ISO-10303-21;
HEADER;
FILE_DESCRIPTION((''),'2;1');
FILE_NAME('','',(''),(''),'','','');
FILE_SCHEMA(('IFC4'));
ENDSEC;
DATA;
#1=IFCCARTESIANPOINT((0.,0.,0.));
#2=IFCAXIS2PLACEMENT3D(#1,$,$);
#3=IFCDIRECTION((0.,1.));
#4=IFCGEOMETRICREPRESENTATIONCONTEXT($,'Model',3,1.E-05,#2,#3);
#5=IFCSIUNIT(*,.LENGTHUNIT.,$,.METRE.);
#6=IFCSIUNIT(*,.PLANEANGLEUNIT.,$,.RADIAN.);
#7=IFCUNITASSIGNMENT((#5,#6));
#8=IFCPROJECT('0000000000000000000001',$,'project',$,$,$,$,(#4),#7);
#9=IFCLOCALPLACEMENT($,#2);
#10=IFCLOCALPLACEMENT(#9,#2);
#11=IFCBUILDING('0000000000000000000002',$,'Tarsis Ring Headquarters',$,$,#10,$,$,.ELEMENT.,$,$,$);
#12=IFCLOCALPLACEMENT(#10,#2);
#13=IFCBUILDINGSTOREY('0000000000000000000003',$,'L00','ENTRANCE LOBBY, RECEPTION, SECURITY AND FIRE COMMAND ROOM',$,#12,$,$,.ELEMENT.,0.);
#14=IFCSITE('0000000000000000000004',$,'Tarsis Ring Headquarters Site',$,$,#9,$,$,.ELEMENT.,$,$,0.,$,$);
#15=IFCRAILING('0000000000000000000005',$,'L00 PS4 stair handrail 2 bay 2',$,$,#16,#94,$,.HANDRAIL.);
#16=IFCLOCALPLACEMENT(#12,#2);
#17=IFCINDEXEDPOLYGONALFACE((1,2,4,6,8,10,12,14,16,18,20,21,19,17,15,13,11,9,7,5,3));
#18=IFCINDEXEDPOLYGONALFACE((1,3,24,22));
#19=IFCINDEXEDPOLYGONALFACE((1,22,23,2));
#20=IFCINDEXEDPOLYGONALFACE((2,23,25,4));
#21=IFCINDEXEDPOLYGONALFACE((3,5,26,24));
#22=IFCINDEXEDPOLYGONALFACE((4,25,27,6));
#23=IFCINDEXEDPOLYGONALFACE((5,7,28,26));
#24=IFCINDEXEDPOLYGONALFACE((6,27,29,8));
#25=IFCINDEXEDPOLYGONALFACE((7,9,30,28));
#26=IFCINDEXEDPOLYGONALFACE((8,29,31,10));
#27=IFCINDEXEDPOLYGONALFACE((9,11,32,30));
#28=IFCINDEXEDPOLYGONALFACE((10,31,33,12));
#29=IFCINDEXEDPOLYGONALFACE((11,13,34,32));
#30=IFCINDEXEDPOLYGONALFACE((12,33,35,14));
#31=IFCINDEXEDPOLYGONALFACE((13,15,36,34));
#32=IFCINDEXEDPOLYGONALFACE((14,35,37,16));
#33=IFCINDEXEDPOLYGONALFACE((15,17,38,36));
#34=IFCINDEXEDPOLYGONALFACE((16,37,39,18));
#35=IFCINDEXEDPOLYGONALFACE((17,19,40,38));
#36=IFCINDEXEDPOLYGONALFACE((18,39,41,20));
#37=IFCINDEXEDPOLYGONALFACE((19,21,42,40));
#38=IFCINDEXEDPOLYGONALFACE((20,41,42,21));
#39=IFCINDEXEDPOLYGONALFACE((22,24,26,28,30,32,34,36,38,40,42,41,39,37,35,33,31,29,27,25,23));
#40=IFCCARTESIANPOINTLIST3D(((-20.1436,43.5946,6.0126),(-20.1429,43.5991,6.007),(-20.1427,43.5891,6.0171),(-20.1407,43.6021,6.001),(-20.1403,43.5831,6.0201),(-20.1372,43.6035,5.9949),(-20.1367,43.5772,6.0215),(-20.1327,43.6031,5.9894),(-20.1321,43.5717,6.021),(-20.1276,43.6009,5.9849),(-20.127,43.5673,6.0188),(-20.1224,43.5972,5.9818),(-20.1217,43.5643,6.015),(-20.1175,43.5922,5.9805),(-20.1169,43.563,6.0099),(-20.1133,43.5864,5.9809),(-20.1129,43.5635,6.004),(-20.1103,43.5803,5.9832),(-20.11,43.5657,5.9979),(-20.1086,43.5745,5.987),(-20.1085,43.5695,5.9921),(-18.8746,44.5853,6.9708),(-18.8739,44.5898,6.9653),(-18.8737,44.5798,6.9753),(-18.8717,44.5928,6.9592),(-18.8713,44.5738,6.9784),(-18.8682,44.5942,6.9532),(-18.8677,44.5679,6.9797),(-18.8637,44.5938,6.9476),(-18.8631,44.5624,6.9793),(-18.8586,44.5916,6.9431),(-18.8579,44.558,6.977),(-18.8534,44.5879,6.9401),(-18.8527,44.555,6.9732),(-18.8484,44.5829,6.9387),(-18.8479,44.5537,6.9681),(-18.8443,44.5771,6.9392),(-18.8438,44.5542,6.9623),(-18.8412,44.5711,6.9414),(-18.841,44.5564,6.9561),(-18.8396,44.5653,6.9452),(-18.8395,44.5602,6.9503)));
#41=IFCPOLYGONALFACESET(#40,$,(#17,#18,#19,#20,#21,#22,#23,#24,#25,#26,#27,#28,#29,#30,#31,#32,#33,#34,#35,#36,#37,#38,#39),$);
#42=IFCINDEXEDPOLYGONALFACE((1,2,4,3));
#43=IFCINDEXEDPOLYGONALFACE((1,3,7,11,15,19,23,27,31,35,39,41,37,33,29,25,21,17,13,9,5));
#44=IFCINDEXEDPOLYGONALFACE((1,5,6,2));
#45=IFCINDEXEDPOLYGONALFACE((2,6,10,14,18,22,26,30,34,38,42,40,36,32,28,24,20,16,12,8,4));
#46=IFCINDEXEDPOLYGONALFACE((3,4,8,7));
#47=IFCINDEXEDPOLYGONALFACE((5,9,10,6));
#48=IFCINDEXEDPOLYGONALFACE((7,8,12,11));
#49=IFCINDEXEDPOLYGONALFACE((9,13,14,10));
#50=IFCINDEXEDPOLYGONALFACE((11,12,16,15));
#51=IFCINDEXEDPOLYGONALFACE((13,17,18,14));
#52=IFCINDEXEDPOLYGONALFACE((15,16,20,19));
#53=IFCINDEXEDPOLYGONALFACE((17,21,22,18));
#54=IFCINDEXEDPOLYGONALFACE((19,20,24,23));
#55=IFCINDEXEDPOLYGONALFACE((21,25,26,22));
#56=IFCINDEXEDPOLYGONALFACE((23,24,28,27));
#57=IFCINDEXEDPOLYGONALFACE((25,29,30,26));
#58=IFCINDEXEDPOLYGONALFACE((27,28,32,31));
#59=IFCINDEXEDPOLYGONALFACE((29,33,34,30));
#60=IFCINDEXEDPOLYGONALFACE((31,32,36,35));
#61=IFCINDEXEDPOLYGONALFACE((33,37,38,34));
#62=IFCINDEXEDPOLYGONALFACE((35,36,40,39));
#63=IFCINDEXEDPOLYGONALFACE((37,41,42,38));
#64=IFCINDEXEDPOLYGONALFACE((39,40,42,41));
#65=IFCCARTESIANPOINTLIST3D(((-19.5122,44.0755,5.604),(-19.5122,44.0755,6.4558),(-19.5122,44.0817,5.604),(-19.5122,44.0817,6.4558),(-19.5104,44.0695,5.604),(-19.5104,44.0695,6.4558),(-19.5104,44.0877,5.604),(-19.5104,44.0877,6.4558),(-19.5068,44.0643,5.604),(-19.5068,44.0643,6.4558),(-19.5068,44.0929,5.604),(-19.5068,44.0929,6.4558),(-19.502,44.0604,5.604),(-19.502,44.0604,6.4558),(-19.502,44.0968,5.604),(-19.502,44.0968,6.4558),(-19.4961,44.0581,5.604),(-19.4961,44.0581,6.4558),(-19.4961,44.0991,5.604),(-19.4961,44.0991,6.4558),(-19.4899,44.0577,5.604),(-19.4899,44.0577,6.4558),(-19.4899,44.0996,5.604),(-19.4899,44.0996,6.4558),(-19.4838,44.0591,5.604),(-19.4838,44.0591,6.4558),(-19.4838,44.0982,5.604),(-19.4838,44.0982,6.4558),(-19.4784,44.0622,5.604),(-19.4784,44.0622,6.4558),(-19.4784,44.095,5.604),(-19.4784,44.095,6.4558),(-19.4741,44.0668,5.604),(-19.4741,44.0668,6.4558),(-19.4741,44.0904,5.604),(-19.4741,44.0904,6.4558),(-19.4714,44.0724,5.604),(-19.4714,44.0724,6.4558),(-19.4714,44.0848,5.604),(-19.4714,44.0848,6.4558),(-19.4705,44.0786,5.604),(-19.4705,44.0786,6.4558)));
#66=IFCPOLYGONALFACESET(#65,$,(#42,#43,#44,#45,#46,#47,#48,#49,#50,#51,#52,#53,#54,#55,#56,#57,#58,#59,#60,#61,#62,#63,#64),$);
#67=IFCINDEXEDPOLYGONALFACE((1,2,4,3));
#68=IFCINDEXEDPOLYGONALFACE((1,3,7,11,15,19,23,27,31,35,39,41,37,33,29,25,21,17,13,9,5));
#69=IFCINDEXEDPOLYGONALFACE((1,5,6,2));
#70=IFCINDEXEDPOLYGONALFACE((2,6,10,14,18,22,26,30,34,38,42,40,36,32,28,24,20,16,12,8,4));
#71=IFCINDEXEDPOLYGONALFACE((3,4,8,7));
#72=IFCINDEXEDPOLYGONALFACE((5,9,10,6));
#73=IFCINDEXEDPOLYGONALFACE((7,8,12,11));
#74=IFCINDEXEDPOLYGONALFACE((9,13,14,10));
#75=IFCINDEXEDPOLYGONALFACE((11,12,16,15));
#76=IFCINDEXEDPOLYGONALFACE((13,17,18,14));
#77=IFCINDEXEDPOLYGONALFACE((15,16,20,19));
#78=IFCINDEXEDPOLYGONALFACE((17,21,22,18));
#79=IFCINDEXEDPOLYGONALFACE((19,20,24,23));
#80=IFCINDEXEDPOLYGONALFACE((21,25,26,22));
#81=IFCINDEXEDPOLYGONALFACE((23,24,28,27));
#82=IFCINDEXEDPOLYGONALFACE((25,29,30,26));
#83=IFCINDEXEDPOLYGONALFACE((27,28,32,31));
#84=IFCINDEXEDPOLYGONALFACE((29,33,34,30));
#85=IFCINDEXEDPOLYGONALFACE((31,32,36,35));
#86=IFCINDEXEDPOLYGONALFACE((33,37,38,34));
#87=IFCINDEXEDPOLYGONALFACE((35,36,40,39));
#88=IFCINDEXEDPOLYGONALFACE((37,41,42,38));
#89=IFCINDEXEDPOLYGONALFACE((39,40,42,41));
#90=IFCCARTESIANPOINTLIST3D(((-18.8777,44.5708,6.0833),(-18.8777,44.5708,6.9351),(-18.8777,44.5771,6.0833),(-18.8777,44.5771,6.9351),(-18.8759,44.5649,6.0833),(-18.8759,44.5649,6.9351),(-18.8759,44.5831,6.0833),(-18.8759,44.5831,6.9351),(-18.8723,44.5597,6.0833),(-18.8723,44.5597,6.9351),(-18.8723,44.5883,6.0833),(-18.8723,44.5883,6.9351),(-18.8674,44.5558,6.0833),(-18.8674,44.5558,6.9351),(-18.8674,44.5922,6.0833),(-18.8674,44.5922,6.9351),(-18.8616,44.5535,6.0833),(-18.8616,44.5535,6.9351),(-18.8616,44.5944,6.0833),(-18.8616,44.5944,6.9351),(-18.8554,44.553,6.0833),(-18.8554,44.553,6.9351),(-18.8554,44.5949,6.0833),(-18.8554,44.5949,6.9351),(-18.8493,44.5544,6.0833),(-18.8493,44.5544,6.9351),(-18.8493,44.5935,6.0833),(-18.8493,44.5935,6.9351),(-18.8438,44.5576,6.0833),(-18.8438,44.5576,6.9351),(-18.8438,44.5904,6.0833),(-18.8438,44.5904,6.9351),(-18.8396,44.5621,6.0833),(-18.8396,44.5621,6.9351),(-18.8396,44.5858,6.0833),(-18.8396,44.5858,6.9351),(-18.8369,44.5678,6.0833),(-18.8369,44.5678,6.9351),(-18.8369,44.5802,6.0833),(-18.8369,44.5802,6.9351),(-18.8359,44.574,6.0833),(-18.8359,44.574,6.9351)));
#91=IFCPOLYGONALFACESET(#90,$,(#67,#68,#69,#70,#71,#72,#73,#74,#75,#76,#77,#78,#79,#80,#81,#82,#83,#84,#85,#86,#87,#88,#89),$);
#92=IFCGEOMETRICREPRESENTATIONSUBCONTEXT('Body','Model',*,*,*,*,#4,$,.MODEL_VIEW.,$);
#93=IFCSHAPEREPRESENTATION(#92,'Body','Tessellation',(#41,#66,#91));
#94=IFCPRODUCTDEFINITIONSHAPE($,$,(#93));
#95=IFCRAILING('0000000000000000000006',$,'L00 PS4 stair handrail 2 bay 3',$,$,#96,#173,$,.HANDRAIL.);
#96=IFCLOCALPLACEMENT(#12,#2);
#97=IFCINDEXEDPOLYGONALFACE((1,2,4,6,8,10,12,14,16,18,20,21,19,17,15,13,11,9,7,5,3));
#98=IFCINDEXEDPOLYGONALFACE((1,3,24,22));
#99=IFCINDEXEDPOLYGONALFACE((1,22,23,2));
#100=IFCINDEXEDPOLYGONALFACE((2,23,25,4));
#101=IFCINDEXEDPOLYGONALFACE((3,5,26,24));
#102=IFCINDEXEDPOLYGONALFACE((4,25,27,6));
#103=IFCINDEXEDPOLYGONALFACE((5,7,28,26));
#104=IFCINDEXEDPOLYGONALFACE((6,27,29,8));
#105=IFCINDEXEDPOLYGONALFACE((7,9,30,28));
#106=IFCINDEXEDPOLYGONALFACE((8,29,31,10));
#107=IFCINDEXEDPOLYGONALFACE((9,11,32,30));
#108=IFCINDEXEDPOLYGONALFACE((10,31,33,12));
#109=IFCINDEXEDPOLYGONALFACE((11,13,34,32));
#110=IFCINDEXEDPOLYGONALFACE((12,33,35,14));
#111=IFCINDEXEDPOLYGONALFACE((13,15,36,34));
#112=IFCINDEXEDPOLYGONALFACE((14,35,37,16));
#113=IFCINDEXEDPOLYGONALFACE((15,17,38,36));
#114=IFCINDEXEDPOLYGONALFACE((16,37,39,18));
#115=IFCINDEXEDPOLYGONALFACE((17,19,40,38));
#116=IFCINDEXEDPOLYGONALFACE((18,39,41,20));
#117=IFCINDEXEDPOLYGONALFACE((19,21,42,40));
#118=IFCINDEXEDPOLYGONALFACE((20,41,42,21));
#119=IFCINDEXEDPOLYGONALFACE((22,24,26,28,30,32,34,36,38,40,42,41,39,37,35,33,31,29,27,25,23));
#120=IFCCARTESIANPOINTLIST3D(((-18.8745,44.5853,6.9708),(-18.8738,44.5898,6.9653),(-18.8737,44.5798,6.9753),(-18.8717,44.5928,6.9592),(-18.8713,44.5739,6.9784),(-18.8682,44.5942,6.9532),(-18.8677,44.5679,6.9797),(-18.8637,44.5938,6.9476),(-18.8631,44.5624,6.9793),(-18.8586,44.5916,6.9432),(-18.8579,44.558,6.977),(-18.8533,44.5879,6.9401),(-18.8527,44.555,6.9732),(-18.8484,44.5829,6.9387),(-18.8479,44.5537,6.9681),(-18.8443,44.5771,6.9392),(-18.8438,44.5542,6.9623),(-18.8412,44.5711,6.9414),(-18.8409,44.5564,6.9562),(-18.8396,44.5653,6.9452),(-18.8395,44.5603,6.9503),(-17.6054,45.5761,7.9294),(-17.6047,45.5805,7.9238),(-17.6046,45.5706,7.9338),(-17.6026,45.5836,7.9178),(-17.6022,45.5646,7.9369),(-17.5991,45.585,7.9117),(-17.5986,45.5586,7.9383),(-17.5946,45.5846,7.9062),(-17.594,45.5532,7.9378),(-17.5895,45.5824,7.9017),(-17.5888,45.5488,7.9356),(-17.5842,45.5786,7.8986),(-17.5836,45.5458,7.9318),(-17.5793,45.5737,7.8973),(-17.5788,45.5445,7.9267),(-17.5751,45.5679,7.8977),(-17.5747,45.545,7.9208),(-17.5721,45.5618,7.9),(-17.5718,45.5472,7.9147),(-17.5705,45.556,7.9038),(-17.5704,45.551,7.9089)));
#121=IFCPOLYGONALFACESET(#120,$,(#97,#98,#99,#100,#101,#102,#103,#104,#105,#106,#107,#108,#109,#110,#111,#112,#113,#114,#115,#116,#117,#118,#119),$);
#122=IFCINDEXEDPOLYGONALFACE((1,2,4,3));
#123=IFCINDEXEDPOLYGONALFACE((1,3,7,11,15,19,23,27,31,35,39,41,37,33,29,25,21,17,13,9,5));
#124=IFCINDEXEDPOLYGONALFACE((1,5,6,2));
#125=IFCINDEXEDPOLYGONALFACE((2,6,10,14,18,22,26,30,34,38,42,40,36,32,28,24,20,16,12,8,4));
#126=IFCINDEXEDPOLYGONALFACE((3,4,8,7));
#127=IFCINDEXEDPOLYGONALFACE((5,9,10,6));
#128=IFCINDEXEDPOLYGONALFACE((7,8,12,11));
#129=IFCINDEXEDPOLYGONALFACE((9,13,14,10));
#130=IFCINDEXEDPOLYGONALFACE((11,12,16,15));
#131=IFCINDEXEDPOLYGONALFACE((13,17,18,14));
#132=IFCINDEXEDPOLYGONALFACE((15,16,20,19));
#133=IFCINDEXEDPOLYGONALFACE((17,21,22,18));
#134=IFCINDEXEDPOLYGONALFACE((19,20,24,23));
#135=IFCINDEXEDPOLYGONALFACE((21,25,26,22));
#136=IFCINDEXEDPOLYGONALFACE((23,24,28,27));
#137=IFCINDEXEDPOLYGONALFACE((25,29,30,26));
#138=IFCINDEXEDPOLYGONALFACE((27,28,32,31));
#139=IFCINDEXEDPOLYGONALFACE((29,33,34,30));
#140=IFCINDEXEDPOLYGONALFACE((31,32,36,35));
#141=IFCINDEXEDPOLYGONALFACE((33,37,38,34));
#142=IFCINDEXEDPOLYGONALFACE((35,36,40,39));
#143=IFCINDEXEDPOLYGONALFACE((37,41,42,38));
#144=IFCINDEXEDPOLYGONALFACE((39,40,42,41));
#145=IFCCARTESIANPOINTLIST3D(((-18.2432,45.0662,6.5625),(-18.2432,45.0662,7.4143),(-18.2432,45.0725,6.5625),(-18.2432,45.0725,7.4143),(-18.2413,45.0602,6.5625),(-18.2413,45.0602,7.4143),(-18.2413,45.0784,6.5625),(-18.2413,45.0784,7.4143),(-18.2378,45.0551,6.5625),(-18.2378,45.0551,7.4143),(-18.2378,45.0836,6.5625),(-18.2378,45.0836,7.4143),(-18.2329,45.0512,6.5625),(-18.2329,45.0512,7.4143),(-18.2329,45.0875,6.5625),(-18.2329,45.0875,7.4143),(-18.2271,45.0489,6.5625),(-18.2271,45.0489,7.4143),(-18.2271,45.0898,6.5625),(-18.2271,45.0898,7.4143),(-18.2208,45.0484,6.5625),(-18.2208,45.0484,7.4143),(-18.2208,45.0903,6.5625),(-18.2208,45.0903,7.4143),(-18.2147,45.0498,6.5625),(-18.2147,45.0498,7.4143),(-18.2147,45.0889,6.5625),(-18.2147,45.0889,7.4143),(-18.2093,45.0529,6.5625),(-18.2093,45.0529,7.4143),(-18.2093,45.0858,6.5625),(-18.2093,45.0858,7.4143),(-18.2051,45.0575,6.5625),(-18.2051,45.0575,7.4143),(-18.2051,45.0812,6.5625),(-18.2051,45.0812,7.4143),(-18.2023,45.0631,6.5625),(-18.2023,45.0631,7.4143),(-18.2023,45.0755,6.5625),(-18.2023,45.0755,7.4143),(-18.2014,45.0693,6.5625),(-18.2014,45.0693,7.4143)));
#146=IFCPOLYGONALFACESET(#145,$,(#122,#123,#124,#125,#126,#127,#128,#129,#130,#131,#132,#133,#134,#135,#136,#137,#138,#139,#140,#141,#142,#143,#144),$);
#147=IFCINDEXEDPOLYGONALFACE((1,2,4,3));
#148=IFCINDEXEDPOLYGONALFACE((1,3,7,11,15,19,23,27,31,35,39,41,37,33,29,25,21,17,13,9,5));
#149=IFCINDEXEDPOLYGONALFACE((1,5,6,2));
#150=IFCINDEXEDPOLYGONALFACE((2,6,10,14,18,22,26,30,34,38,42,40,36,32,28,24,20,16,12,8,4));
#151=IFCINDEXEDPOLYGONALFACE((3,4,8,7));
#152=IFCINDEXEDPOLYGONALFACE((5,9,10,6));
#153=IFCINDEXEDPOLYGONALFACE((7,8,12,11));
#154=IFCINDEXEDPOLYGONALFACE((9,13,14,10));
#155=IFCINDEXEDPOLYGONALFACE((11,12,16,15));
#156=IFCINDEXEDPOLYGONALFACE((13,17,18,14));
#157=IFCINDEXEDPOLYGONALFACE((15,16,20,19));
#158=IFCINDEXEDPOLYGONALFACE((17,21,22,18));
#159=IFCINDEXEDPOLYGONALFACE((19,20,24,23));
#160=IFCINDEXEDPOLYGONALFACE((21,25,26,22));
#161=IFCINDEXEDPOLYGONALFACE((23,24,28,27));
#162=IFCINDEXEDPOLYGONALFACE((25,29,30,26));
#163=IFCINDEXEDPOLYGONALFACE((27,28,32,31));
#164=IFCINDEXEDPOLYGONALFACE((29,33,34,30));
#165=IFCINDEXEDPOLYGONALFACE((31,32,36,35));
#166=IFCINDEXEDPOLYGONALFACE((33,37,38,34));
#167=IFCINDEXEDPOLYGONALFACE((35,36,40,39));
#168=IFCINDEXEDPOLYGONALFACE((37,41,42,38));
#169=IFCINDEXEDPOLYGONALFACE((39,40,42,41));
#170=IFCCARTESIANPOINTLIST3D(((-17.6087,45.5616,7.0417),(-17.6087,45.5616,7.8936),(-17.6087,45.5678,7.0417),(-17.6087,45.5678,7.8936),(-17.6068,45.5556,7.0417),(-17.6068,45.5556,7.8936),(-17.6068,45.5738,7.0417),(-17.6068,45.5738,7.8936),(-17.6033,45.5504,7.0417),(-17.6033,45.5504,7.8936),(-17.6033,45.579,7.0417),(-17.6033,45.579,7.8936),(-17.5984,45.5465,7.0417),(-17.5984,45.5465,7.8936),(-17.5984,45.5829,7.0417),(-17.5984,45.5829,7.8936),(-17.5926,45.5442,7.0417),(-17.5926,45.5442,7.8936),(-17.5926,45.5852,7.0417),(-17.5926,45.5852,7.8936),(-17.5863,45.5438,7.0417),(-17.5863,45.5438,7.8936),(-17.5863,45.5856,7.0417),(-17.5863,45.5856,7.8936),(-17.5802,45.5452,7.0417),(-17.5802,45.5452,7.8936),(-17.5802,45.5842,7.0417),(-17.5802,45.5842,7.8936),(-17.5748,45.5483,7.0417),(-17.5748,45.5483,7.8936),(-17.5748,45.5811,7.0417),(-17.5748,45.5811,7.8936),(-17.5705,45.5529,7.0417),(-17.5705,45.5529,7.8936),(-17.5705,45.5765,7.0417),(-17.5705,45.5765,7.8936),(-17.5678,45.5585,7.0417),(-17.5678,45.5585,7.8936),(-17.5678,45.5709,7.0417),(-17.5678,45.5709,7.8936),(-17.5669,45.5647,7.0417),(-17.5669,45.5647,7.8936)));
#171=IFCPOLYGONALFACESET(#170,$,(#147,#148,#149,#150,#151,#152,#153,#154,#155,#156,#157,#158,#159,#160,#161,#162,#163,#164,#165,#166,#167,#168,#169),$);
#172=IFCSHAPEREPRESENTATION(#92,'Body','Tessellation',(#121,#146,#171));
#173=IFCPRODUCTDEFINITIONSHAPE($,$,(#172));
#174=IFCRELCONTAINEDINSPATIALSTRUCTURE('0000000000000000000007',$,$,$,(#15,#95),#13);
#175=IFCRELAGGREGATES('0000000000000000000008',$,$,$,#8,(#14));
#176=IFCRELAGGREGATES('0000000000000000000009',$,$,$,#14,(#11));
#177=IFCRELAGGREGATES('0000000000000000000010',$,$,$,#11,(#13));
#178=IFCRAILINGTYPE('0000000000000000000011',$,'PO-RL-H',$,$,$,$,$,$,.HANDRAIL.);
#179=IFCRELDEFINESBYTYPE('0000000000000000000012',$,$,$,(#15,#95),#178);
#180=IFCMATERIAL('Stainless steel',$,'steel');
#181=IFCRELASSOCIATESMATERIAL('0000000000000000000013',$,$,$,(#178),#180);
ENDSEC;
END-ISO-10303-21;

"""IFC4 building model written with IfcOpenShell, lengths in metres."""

from ifc_helpers import new_model, si_unit, direction, frame, origin, origin_2d, place, context, subcontext, project, spatial, circle, extrude, material, type_object, element, save


model = new_model("IFC4")

# Units and contexts
model_context = context("Model", 3, precision=1e-05, world=origin(), true_north=direction((0.0, 1.0)))
body_context = subcontext(model_context, "Body", "Model", "MODEL_VIEW")
ifc_project = project(units=[si_unit("LENGTHUNIT", "METRE"), si_unit("PLANEANGLEUNIT", "RADIAN")], contexts=[model_context])

# Site, building, storey
site_placement = place(None, origin())
site = spatial("IfcSite", under=ifc_project, at=site_placement, Name="Tarsis Ring Headquarters Site", CompositionType="ELEMENT", RefElevation=0.0)
building_placement = place(site_placement, origin())
building = spatial("IfcBuilding", under=site, at=building_placement, Name="Tarsis Ring Headquarters", CompositionType="ELEMENT")
storey_placement = place(building_placement, origin())
storey = spatial("IfcBuildingStorey", under=building, at=storey_placement, Name="L00", Description="ENTRANCE LOBBY, RECEPTION, SECURITY AND FIRE COMMAND ROOM", CompositionType="ELEMENT", Elevation=0.0)

# Railings
ifc_material_1 = material(Name="Stainless steel", Category="steel")
railing_type = type_object("IfcRailingType", Name="PO-RL-H", PredefinedType="HANDRAIL", material=ifc_material_1)
railing_1_placement = place(storey_placement, frame((-20.126, 43.5833, 5.125)))
element("IfcRailing", 1, at=railing_1_placement, inside=storey, type_object=railing_type, Name="L00 PS4 stair handrail 2 bay 2", PredefinedType="HANDRAIL", context=body_context, shape_type="SweptSolid", body=[
    extrude(circle(Radius=0.0239, at=origin_2d()), frame((0.0, 0.0, 0.876), z_axis=(0.677341, 0.52879, 0.511459), x_axis=(-0.615367, 0.78824, 0.0)), (0.0, 0.0, 1.0), 1.8735),
    extrude(circle(Radius=0.021, at=origin_2d()), frame((0.6345, 0.4954, 0.479)), (0.0, 0.0, 1.0), 0.8518),
    extrude(circle(Radius=0.021, at=origin_2d()), frame((1.269, 0.9907, 0.9583)), (0.0, 0.0, 1.0), 0.8518),
])
railing_2_placement = place(storey_placement, frame((-18.8569, 44.574, 6.0833)))
element("IfcRailing", 2, at=railing_2_placement, inside=storey, type_object=railing_type, Name="L00 PS4 stair handrail 2 bay 3", PredefinedType="HANDRAIL", context=body_context, shape_type="SweptSolid", body=[
    extrude(circle(Radius=0.0239, at=origin_2d()), frame((0.0, 0.0, 0.876), z_axis=(0.677296, 0.528755, 0.511555), x_axis=(-0.615367, 0.78824, 0.0)), (0.0, 0.0, 1.0), 1.8738),
    extrude(circle(Radius=0.021, at=origin_2d()), frame((0.6345, 0.4954, 0.4792)), (0.0, 0.0, 1.0), 0.8518),
    extrude(circle(Radius=0.021, at=origin_2d()), frame((1.269, 0.9907, 0.9585)), (0.0, 0.0, 1.0), 0.8518),
])

save(model, "model.ifc")
